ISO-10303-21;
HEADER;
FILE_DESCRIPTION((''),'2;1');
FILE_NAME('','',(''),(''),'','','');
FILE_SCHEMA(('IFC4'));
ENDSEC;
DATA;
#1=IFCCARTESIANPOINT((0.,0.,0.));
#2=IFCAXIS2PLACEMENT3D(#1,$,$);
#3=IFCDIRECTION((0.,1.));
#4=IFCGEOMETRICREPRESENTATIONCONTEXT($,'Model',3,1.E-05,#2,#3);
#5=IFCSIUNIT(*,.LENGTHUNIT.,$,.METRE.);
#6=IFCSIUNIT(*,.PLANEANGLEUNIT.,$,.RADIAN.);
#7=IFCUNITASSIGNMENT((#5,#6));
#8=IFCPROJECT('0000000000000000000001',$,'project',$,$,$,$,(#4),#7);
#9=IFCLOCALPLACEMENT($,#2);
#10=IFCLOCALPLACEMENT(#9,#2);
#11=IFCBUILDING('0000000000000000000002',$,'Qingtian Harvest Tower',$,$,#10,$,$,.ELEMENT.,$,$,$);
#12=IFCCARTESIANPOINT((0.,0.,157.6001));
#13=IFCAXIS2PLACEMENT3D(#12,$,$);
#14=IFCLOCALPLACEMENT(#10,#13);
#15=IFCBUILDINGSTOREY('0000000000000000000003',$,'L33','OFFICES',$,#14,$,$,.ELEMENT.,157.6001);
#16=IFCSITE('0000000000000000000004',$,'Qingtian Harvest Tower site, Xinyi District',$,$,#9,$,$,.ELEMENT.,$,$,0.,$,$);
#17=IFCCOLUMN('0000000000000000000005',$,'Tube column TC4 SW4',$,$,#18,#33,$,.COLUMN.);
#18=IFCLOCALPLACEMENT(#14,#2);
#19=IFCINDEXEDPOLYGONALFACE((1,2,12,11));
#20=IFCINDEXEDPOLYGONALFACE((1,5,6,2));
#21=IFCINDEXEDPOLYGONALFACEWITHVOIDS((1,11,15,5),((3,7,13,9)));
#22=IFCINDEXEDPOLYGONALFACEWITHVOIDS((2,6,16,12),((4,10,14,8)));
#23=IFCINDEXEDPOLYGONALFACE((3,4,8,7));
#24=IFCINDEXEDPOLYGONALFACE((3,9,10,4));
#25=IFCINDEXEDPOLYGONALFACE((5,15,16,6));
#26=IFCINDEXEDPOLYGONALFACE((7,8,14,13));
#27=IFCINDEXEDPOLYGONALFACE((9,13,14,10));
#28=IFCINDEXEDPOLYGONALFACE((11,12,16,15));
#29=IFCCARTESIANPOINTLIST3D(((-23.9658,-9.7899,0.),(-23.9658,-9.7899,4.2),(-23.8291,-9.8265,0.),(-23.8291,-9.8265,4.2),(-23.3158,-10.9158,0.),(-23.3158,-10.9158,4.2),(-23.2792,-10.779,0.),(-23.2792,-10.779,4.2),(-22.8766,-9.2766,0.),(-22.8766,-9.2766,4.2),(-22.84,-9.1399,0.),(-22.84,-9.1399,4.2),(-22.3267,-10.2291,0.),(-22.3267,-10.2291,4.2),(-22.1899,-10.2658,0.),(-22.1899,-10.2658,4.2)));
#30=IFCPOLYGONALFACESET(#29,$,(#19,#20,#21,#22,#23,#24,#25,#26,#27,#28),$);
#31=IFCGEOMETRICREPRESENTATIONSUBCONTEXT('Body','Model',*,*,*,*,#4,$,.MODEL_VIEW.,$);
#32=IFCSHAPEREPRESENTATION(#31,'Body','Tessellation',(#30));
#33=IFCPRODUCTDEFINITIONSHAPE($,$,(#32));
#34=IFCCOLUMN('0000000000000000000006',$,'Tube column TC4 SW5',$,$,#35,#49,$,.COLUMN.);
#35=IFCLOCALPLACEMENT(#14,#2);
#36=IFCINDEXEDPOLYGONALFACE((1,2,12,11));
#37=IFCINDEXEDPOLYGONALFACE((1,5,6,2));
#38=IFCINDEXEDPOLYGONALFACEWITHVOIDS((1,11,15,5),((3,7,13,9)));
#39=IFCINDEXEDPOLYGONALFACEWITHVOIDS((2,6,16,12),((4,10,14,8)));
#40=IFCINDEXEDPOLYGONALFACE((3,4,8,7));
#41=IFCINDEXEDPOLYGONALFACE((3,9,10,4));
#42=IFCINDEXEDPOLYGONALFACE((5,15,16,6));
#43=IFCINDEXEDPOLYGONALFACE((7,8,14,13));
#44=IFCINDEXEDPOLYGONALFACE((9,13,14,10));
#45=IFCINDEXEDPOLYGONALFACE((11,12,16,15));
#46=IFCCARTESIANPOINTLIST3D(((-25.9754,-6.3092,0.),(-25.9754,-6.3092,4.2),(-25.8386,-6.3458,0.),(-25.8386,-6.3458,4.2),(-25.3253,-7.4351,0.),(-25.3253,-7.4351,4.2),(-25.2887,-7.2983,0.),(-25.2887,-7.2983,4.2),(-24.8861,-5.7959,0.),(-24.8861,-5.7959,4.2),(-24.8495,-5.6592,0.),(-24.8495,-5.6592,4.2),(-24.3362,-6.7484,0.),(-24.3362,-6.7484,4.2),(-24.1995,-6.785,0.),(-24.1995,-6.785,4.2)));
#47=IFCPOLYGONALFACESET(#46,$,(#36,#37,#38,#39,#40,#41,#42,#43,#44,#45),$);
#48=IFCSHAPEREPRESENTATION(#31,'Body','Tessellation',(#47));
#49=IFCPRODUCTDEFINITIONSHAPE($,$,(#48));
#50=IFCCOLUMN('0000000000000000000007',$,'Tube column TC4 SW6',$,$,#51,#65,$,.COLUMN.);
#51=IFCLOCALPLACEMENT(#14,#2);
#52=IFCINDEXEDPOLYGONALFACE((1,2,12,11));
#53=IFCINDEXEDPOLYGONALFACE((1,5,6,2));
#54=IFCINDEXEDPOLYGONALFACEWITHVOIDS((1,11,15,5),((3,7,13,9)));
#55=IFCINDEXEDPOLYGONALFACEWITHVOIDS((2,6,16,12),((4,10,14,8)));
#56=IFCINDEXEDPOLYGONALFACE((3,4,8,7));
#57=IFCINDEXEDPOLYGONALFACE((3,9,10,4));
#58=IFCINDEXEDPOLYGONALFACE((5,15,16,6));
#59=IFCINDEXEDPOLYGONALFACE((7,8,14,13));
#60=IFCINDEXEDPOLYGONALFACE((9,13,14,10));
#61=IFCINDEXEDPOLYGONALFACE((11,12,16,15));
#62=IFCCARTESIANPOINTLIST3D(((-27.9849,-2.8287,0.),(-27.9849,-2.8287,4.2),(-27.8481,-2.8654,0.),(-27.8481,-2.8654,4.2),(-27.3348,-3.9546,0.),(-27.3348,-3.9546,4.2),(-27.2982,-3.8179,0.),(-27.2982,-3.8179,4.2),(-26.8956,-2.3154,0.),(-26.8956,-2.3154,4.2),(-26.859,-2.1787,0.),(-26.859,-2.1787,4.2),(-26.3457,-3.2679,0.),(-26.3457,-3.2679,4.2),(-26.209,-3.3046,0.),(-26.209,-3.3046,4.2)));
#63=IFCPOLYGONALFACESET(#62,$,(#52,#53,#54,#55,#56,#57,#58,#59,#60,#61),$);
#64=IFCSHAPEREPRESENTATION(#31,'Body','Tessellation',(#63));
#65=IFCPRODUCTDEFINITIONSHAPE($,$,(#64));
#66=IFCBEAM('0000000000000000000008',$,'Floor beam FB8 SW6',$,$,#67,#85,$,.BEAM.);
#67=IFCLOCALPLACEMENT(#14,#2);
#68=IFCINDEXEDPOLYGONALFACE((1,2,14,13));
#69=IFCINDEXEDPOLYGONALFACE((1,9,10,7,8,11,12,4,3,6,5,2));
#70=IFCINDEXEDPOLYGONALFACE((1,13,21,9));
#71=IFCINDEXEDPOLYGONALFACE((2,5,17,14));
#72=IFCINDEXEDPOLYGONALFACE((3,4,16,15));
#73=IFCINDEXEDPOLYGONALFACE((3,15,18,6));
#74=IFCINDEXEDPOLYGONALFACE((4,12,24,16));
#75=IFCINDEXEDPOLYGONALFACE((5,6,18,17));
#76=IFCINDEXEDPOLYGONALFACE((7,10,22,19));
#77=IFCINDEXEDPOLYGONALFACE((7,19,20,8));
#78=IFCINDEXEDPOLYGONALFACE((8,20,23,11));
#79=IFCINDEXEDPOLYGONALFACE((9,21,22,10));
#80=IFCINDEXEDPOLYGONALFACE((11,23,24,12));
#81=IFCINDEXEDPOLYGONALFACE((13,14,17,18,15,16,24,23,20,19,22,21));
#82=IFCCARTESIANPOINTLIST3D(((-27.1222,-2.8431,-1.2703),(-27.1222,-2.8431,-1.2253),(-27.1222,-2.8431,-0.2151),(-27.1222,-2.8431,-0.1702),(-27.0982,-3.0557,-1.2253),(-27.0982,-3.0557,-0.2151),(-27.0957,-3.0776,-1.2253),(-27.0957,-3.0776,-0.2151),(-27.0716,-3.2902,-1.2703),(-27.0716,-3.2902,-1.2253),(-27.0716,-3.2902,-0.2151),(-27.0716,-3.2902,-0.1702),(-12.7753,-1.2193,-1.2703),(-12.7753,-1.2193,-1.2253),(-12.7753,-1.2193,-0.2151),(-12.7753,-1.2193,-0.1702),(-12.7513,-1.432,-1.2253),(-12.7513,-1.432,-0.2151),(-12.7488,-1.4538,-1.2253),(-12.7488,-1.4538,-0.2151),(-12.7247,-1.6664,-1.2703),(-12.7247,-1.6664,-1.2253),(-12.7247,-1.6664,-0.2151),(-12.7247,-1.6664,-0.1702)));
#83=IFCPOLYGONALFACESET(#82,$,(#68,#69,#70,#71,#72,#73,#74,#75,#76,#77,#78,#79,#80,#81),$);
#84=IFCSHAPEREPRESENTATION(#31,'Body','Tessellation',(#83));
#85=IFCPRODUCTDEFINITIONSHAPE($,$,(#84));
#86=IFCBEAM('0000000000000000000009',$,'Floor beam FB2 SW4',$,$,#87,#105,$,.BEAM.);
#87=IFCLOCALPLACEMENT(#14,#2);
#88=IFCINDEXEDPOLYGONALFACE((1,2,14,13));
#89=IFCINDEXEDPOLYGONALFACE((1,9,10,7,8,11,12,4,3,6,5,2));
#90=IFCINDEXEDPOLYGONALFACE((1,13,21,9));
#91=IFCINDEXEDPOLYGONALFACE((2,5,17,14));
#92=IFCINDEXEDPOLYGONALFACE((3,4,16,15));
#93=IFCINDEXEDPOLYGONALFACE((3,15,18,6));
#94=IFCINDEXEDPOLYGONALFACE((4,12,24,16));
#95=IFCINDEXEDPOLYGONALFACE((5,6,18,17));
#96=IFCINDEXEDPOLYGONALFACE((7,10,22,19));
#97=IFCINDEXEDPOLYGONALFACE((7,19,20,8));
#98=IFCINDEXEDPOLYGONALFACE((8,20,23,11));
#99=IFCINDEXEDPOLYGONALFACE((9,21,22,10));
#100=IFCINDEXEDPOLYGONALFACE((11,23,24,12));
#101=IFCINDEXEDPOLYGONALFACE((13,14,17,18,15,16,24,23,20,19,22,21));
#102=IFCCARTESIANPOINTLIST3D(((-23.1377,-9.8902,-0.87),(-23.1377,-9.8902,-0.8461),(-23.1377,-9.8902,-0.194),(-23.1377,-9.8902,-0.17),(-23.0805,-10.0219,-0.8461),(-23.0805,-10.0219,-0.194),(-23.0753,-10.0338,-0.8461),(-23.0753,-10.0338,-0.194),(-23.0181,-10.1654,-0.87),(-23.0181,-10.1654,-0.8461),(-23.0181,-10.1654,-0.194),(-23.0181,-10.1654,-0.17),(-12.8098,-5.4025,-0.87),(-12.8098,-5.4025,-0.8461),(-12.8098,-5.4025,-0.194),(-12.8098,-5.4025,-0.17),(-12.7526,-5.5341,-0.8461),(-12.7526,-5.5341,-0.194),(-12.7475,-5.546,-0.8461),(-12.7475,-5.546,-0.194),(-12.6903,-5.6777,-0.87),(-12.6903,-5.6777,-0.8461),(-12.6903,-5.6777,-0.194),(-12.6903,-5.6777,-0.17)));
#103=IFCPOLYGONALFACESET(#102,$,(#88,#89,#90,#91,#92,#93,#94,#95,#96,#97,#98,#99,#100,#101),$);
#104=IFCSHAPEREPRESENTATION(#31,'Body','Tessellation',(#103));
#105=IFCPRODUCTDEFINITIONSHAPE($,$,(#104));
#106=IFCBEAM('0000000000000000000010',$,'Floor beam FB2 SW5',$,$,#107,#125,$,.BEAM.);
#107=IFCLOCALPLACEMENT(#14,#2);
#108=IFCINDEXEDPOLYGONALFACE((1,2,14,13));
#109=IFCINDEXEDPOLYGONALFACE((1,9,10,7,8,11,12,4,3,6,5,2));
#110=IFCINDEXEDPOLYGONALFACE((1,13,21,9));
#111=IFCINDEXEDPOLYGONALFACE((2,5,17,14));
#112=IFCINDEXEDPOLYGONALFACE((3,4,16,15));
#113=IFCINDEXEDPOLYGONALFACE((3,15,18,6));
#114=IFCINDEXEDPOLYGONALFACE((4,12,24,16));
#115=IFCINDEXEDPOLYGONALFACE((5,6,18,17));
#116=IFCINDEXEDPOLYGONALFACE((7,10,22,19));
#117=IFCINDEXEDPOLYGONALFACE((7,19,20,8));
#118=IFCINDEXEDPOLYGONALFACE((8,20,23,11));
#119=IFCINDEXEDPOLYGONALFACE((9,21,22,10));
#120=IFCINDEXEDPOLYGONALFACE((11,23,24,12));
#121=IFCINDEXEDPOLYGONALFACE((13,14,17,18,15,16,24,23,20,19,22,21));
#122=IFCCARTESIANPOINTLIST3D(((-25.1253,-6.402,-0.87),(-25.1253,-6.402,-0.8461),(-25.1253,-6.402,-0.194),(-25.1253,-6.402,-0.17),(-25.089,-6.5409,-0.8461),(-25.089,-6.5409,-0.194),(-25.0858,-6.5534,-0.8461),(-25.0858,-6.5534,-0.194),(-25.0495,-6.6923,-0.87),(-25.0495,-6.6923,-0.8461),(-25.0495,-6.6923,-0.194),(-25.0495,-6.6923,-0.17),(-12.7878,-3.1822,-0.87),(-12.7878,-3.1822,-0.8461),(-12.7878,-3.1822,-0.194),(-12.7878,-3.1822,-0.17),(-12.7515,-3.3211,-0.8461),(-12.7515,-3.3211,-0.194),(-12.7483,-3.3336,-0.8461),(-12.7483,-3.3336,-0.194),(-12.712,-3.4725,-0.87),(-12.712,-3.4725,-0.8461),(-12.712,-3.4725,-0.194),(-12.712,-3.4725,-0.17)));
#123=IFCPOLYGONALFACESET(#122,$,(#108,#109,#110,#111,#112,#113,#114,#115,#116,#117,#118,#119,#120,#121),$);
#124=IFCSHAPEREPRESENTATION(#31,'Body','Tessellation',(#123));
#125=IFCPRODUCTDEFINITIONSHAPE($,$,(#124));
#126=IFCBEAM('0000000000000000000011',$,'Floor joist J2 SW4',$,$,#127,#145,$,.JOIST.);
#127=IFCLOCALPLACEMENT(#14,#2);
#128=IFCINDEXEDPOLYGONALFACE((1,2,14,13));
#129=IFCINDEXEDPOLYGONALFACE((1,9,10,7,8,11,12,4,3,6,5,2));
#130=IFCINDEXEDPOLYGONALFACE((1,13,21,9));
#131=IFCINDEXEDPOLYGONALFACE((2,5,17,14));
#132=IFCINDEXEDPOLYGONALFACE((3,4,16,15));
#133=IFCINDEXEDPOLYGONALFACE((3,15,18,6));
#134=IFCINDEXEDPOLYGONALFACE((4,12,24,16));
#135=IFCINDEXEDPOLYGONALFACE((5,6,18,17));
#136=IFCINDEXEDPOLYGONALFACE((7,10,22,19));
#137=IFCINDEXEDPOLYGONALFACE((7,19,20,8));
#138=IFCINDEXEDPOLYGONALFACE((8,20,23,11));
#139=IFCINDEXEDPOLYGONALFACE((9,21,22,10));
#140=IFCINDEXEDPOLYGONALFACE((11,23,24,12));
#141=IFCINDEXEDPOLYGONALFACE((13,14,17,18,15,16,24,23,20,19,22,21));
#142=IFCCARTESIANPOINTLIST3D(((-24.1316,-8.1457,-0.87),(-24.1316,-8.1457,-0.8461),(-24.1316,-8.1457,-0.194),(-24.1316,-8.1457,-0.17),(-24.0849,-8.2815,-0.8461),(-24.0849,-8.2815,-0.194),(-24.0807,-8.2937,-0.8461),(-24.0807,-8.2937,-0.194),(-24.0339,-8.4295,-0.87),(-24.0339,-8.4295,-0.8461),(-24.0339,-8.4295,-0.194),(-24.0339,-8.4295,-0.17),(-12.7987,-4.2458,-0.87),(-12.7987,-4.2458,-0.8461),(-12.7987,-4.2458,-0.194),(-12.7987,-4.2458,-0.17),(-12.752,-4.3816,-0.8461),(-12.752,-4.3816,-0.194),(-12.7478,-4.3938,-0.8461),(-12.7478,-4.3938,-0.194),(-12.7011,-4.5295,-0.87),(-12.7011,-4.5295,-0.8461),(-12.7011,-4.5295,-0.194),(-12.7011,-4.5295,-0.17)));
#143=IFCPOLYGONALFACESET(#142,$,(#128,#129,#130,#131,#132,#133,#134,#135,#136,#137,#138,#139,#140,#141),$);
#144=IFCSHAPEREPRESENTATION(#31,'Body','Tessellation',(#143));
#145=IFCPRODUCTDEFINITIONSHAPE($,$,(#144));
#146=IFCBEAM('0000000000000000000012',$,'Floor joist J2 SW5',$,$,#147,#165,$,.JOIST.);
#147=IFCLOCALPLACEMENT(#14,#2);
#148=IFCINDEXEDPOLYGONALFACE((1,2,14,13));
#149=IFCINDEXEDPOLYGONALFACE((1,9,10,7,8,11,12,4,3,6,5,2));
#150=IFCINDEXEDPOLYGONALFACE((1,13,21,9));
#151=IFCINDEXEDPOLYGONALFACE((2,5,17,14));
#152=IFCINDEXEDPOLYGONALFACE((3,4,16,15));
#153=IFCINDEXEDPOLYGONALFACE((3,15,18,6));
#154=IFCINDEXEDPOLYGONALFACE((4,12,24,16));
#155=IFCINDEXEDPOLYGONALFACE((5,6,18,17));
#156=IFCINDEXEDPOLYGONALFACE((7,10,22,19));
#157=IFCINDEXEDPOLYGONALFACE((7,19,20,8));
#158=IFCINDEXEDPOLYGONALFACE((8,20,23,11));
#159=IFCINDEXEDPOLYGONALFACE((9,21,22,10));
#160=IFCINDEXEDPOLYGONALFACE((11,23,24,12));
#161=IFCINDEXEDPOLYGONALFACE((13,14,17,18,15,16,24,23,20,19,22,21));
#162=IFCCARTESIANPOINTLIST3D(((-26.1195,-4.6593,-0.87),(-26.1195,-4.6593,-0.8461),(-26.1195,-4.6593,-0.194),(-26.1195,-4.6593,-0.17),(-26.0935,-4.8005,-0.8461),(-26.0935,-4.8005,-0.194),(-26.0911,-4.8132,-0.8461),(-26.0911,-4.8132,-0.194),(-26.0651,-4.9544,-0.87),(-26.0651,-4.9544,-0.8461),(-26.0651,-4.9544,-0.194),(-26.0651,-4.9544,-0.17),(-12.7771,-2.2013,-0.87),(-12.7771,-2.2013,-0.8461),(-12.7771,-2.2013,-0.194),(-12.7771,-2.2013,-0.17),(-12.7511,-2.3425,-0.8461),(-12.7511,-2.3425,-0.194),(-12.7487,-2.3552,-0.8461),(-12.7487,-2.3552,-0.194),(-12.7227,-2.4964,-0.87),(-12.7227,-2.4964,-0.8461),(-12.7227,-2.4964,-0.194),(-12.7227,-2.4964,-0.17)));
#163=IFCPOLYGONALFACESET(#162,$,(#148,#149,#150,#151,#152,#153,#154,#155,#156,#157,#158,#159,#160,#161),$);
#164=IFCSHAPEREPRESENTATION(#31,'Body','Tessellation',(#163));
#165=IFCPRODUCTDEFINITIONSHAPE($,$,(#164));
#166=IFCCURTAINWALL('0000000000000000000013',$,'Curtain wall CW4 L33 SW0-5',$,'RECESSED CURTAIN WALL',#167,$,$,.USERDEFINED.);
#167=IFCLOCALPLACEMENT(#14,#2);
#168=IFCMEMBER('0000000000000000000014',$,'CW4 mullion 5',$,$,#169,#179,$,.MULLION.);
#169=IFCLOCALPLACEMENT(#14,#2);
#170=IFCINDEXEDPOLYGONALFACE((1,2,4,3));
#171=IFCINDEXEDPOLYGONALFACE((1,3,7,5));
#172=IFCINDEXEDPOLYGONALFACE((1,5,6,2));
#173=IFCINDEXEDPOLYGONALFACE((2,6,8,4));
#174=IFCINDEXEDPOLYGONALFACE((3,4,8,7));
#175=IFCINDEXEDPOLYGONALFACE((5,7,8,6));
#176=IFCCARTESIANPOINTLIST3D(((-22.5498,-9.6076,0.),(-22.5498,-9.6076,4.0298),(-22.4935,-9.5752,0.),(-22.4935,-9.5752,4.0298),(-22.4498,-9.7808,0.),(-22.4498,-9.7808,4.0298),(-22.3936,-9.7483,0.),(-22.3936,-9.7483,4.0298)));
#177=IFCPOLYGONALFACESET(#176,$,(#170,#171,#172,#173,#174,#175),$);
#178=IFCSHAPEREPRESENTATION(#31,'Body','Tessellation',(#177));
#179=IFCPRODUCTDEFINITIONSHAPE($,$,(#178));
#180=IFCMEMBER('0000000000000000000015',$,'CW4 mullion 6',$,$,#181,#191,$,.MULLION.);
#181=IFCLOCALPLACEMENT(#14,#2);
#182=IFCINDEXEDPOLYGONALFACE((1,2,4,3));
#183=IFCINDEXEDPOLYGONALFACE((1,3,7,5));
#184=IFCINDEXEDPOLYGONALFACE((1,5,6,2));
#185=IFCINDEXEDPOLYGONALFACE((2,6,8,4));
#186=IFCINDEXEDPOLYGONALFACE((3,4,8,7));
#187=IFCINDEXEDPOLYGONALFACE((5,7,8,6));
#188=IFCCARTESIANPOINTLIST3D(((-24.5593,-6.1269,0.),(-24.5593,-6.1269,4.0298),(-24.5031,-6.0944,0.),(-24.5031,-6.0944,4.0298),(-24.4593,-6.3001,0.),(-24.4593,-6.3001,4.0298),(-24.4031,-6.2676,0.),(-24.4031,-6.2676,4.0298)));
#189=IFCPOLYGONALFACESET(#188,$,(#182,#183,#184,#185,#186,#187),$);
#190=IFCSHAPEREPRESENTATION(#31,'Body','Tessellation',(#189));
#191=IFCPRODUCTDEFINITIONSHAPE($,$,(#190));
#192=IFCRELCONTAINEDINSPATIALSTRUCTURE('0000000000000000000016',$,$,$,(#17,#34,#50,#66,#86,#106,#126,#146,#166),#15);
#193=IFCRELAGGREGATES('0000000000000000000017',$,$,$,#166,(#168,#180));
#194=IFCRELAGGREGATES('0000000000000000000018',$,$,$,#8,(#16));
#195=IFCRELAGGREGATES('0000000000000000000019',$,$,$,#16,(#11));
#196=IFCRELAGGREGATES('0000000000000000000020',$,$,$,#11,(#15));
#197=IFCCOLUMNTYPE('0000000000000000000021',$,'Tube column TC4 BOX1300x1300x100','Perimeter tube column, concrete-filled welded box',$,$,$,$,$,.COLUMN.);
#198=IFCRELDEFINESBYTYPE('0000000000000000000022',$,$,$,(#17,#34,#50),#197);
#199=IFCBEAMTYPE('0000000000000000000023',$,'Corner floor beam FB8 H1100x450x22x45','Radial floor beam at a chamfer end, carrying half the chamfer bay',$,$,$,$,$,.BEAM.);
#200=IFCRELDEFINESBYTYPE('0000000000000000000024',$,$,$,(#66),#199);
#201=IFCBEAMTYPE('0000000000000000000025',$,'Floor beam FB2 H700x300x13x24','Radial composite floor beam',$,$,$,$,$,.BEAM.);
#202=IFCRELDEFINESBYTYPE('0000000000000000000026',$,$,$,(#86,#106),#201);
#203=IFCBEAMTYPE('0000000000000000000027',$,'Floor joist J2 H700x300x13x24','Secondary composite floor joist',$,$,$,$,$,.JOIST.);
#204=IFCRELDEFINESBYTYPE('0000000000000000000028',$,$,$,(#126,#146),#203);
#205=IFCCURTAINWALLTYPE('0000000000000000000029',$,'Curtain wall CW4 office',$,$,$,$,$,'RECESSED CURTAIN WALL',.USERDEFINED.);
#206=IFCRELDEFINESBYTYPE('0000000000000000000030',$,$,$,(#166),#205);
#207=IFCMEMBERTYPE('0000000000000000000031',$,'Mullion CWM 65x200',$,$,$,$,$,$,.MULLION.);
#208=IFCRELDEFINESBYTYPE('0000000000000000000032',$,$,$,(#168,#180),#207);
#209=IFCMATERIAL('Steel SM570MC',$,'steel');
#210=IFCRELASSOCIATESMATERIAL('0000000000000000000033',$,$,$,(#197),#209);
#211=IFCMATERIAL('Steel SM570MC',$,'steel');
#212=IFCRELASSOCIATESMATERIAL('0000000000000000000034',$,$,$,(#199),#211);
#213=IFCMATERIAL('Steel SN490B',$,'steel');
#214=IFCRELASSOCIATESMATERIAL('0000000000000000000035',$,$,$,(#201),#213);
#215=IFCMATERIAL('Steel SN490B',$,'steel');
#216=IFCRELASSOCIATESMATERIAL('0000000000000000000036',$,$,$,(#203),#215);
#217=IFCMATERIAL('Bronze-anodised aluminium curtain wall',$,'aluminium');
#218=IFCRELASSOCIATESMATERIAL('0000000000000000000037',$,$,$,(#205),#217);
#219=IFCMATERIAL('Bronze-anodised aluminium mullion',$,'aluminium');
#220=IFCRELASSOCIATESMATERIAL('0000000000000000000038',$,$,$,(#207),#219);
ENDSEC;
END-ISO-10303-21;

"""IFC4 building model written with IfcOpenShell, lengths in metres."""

from ifc_helpers import new_model, si_unit, direction, frame, origin, origin_2d, place, context, subcontext, project, spatial, rectangle, hollow_rectangle, i_section, extrude, material, material_profile, profile_set, type_object, element, aggregate, save


model = new_model("IFC4")

# Units and contexts
model_context = context("Model", 3, precision=1e-05, world=origin(), true_north=direction((0.0, 1.0)))
body_context = subcontext(model_context, "Body", "Model", "MODEL_VIEW")
ifc_project = project(units=[si_unit("LENGTHUNIT", "METRE"), si_unit("PLANEANGLEUNIT", "RADIAN")], contexts=[model_context])

# Site, building, storey
site_placement = place(None, origin())
site = spatial("IfcSite", under=ifc_project, at=site_placement, Name="Qingtian Harvest Tower site, Xinyi District", CompositionType="ELEMENT", RefElevation=0.0)
building_placement = place(site_placement, origin())
building = spatial("IfcBuilding", under=site, at=building_placement, Name="Qingtian Harvest Tower", CompositionType="ELEMENT")
storey_placement = place(building_placement, frame((0.0, 0.0, 157.6001)))
storey = spatial("IfcBuildingStorey", under=building, at=storey_placement, Name="L33", Description="OFFICES", CompositionType="ELEMENT", Elevation=157.6001)

# Columns
ifc_material_1 = material(Name="Steel SM570MC", Category="steel")
ifc_material_profile_1 = material_profile(ifc_material_1, hollow_rectangle(XDim=1.3, YDim=1.3, WallThickness=0.1001, at=origin_2d()), Name="BOX1300x1300x100")
ifc_profile_set_1 = profile_set([ifc_material_profile_1], Name="Steel SM570MC")
column_type = type_object("IfcColumnType", Name="Tube column TC4 BOX1300x1300x100", Description="Perimeter tube column, concrete-filled welded box", PredefinedType="COLUMN", material=ifc_profile_set_1)
for number, where, z_axis, x_axis, name in (
    (1, (-23.0779, -10.0278, 0.0), (0.0, 0.0, 1.0), (0.5, -0.866025, 0.0), "Tube column TC4 SW4"),
    (2, (-25.0874, -6.5471, 0.0), (0.0, 0.0, 1.0), (0.5, -0.866025, 0.0), "Tube column TC4 SW5"),
    (3, (-27.0969, -3.0667, 0.0), (0.0, 0.0, 1.0), (0.5, -0.866025, 0.0), "Tube column TC4 SW6"),
):
    element("IfcColumn", number, at=place(storey_placement, frame(where, z_axis=z_axis, x_axis=x_axis)), inside=storey, type_object=column_type, Name=name, PredefinedType="COLUMN", context=body_context, shape_type="SweptSolid", body=[
        extrude(hollow_rectangle(XDim=1.3, YDim=1.3, WallThickness=0.1001, at=origin_2d()), origin(), (0.0, 0.0, 1.0), 4.2),
    ])

# Beams
ifc_material_2 = material(Name="Steel SM570MC", Category="steel")
ifc_material_profile_2 = material_profile(ifc_material_2, i_section(OverallWidth=0.45, OverallDepth=1.1001, WebThickness=0.022, FlangeThickness=0.0449, at=origin_2d()), Name="H1100x450x22x45")
ifc_profile_set_2 = profile_set([ifc_material_profile_2], Name="Steel SM570MC")
beam_type_1 = type_object("IfcBeamType", Name="Corner floor beam FB8 H1100x450x22x45", Description="Radial floor beam at a chamfer end, carrying half the chamfer bay", PredefinedType="BEAM", material=ifc_profile_set_2)
beam_1_placement = place(storey_placement, frame((-27.0969, -3.0667, -0.7202), z_axis=(0.993656, 0.112462, 0.0), x_axis=(-0.112462, 0.993656, 0.0)))
element("IfcBeam", 4, at=beam_1_placement, inside=storey, type_object=beam_type_1, Name="Floor beam FB8 SW6", PredefinedType="BEAM", context=body_context, shape_type="SweptSolid", body=[
    extrude(i_section(OverallWidth=0.45, OverallDepth=1.1001, WebThickness=0.022, FlangeThickness=0.0449, at=origin_2d()), origin(), (0.0, 0.0, 1.0), 14.4385),
])
ifc_material_3 = material(Name="Steel SN490B", Category="steel")
ifc_material_profile_3 = material_profile(ifc_material_3, i_section(OverallWidth=0.3, OverallDepth=0.7, WebThickness=0.0129, FlangeThickness=0.0239, at=origin_2d()), Name="H700x300x13x24")
ifc_profile_set_3 = profile_set([ifc_material_profile_3], Name="Steel SN490B")
beam_type_2 = type_object("IfcBeamType", Name="Floor beam FB2 H700x300x13x24", Description="Radial composite floor beam", PredefinedType="BEAM", material=ifc_profile_set_3)
beam_2_placement = place(storey_placement, frame((-23.0779, -10.0278, -0.52), z_axis=(0.917154, 0.398533, 0.0), x_axis=(-0.398533, 0.917154, 0.0)))
element("IfcBeam", 5, at=beam_2_placement, inside=storey, type_object=beam_type_2, Name="Floor beam FB2 SW4", PredefinedType="BEAM", context=body_context, shape_type="SweptSolid", body=[
    extrude(i_section(OverallWidth=0.3, OverallDepth=0.7, WebThickness=0.0129, FlangeThickness=0.0239, at=origin_2d()), origin(), (0.0, 0.0, 1.0), 11.2607),
])
beam_3_placement = place(storey_placement, frame((-25.0874, -6.5471, -0.52), z_axis=(0.967593, 0.252515, 0.0), x_axis=(-0.252515, 0.967593, 0.0)))
element("IfcBeam", 6, at=beam_3_placement, inside=storey, type_object=beam_type_2, Name="Floor beam FB2 SW5", PredefinedType="BEAM", context=body_context, shape_type="SweptSolid", body=[
    extrude(i_section(OverallWidth=0.3, OverallDepth=0.7, WebThickness=0.0129, FlangeThickness=0.0239, at=origin_2d()), origin(), (0.0, 0.0, 1.0), 12.7507),
])
ifc_material_4 = material(Name="Steel SN490B", Category="steel")
ifc_material_profile_4 = material_profile(ifc_material_4, i_section(OverallWidth=0.3, OverallDepth=0.7, WebThickness=0.0129, FlangeThickness=0.0239, at=origin_2d()), Name="H700x300x13x24")
ifc_profile_set_4 = profile_set([ifc_material_profile_4], Name="Steel SN490B")
beam_type_3 = type_object("IfcBeamType", Name="Floor joist J2 H700x300x13x24", Description="Secondary composite floor joist", PredefinedType="JOIST", material=ifc_profile_set_4)
beam_4_placement = place(storey_placement, frame((-24.0828, -8.2876, -0.52), z_axis=(0.945577, 0.325398, 0.0), x_axis=(-0.325398, 0.945577, 0.0)))
element("IfcBeam", 7, at=beam_4_placement, inside=storey, type_object=beam_type_3, Name="Floor joist J2 SW4", PredefinedType="JOIST", context=body_context, shape_type="SweptSolid", body=[
    extrude(i_section(OverallWidth=0.3, OverallDepth=0.7, WebThickness=0.0129, FlangeThickness=0.0239, at=origin_2d()), origin(), (0.0, 0.0, 1.0), 11.9851),
])
beam_5_placement = place(storey_placement, frame((-26.0923, -4.8069, -0.52), z_axis=(0.98345, 0.181178, 0.0), x_axis=(-0.181178, 0.98345, 0.0)))
element("IfcBeam", 8, at=beam_5_placement, inside=storey, type_object=beam_type_3, Name="Floor joist J2 SW5", PredefinedType="JOIST", context=body_context, shape_type="SweptSolid", body=[
    extrude(i_section(OverallWidth=0.3, OverallDepth=0.7, WebThickness=0.0129, FlangeThickness=0.0239, at=origin_2d()), origin(), (0.0, 0.0, 1.0), 13.5669),
])

# Curtain wall, members
ifc_material_5 = material(Name="Bronze-anodised aluminium curtain wall", Category="aluminium")
curtain_wall_type = type_object("IfcCurtainWallType", Name="Curtain wall CW4 office", ElementType="RECESSED CURTAIN WALL", PredefinedType="USERDEFINED", material=ifc_material_5)
curtain_wall_1_placement = place(storey_placement, origin())
curtain_wall_1 = element("IfcCurtainWall", 9, at=curtain_wall_1_placement, inside=storey, type_object=curtain_wall_type, Name="Curtain wall CW4 L33 SW0-5", ObjectType="RECESSED CURTAIN WALL", PredefinedType="USERDEFINED")
ifc_material_6 = material(Name="Bronze-anodised aluminium mullion", Category="aluminium")
ifc_material_profile_5 = material_profile(ifc_material_6, rectangle(XDim=0.0649, YDim=0.2, at=origin_2d()), Name="AL 65x200")
ifc_profile_set_5 = profile_set([ifc_material_profile_5], Name="Bronze-anodised aluminium mullion")
member_type_1 = type_object("IfcMemberType", Name="Mullion CWM 65x200", PredefinedType="MULLION", material=ifc_profile_set_5)
member_1_placement = place(storey_placement, frame((-22.4717, -9.678, 0.0), z_axis=(0.0, 0.0, 1.0), x_axis=(-0.866025, -0.5, 0.0)))
member_1 = element("IfcMember", 10, at=member_1_placement, type_object=member_type_1, Name="CW4 mullion 5", PredefinedType="MULLION", context=body_context, shape_type="SweptSolid", body=[
    extrude(rectangle(XDim=0.0649, YDim=0.2, at=origin_2d()), origin(), (0.0, 0.0, 1.0), 4.0298),
])
member_2_placement = place(storey_placement, frame((-24.4812, -6.1973, 0.0), z_axis=(0.0, 0.0, 1.0), x_axis=(-0.866025, -0.5, 0.0)))
member_2 = element("IfcMember", 11, at=member_2_placement, type_object=member_type_1, Name="CW4 mullion 6", PredefinedType="MULLION", context=body_context, shape_type="SweptSolid", body=[
    extrude(rectangle(XDim=0.0649, YDim=0.2, at=origin_2d()), origin(), (0.0, 0.0, 1.0), 4.0298),
])

aggregate(curtain_wall_1, [member_1, member_2])

save(model, "model.ifc")
